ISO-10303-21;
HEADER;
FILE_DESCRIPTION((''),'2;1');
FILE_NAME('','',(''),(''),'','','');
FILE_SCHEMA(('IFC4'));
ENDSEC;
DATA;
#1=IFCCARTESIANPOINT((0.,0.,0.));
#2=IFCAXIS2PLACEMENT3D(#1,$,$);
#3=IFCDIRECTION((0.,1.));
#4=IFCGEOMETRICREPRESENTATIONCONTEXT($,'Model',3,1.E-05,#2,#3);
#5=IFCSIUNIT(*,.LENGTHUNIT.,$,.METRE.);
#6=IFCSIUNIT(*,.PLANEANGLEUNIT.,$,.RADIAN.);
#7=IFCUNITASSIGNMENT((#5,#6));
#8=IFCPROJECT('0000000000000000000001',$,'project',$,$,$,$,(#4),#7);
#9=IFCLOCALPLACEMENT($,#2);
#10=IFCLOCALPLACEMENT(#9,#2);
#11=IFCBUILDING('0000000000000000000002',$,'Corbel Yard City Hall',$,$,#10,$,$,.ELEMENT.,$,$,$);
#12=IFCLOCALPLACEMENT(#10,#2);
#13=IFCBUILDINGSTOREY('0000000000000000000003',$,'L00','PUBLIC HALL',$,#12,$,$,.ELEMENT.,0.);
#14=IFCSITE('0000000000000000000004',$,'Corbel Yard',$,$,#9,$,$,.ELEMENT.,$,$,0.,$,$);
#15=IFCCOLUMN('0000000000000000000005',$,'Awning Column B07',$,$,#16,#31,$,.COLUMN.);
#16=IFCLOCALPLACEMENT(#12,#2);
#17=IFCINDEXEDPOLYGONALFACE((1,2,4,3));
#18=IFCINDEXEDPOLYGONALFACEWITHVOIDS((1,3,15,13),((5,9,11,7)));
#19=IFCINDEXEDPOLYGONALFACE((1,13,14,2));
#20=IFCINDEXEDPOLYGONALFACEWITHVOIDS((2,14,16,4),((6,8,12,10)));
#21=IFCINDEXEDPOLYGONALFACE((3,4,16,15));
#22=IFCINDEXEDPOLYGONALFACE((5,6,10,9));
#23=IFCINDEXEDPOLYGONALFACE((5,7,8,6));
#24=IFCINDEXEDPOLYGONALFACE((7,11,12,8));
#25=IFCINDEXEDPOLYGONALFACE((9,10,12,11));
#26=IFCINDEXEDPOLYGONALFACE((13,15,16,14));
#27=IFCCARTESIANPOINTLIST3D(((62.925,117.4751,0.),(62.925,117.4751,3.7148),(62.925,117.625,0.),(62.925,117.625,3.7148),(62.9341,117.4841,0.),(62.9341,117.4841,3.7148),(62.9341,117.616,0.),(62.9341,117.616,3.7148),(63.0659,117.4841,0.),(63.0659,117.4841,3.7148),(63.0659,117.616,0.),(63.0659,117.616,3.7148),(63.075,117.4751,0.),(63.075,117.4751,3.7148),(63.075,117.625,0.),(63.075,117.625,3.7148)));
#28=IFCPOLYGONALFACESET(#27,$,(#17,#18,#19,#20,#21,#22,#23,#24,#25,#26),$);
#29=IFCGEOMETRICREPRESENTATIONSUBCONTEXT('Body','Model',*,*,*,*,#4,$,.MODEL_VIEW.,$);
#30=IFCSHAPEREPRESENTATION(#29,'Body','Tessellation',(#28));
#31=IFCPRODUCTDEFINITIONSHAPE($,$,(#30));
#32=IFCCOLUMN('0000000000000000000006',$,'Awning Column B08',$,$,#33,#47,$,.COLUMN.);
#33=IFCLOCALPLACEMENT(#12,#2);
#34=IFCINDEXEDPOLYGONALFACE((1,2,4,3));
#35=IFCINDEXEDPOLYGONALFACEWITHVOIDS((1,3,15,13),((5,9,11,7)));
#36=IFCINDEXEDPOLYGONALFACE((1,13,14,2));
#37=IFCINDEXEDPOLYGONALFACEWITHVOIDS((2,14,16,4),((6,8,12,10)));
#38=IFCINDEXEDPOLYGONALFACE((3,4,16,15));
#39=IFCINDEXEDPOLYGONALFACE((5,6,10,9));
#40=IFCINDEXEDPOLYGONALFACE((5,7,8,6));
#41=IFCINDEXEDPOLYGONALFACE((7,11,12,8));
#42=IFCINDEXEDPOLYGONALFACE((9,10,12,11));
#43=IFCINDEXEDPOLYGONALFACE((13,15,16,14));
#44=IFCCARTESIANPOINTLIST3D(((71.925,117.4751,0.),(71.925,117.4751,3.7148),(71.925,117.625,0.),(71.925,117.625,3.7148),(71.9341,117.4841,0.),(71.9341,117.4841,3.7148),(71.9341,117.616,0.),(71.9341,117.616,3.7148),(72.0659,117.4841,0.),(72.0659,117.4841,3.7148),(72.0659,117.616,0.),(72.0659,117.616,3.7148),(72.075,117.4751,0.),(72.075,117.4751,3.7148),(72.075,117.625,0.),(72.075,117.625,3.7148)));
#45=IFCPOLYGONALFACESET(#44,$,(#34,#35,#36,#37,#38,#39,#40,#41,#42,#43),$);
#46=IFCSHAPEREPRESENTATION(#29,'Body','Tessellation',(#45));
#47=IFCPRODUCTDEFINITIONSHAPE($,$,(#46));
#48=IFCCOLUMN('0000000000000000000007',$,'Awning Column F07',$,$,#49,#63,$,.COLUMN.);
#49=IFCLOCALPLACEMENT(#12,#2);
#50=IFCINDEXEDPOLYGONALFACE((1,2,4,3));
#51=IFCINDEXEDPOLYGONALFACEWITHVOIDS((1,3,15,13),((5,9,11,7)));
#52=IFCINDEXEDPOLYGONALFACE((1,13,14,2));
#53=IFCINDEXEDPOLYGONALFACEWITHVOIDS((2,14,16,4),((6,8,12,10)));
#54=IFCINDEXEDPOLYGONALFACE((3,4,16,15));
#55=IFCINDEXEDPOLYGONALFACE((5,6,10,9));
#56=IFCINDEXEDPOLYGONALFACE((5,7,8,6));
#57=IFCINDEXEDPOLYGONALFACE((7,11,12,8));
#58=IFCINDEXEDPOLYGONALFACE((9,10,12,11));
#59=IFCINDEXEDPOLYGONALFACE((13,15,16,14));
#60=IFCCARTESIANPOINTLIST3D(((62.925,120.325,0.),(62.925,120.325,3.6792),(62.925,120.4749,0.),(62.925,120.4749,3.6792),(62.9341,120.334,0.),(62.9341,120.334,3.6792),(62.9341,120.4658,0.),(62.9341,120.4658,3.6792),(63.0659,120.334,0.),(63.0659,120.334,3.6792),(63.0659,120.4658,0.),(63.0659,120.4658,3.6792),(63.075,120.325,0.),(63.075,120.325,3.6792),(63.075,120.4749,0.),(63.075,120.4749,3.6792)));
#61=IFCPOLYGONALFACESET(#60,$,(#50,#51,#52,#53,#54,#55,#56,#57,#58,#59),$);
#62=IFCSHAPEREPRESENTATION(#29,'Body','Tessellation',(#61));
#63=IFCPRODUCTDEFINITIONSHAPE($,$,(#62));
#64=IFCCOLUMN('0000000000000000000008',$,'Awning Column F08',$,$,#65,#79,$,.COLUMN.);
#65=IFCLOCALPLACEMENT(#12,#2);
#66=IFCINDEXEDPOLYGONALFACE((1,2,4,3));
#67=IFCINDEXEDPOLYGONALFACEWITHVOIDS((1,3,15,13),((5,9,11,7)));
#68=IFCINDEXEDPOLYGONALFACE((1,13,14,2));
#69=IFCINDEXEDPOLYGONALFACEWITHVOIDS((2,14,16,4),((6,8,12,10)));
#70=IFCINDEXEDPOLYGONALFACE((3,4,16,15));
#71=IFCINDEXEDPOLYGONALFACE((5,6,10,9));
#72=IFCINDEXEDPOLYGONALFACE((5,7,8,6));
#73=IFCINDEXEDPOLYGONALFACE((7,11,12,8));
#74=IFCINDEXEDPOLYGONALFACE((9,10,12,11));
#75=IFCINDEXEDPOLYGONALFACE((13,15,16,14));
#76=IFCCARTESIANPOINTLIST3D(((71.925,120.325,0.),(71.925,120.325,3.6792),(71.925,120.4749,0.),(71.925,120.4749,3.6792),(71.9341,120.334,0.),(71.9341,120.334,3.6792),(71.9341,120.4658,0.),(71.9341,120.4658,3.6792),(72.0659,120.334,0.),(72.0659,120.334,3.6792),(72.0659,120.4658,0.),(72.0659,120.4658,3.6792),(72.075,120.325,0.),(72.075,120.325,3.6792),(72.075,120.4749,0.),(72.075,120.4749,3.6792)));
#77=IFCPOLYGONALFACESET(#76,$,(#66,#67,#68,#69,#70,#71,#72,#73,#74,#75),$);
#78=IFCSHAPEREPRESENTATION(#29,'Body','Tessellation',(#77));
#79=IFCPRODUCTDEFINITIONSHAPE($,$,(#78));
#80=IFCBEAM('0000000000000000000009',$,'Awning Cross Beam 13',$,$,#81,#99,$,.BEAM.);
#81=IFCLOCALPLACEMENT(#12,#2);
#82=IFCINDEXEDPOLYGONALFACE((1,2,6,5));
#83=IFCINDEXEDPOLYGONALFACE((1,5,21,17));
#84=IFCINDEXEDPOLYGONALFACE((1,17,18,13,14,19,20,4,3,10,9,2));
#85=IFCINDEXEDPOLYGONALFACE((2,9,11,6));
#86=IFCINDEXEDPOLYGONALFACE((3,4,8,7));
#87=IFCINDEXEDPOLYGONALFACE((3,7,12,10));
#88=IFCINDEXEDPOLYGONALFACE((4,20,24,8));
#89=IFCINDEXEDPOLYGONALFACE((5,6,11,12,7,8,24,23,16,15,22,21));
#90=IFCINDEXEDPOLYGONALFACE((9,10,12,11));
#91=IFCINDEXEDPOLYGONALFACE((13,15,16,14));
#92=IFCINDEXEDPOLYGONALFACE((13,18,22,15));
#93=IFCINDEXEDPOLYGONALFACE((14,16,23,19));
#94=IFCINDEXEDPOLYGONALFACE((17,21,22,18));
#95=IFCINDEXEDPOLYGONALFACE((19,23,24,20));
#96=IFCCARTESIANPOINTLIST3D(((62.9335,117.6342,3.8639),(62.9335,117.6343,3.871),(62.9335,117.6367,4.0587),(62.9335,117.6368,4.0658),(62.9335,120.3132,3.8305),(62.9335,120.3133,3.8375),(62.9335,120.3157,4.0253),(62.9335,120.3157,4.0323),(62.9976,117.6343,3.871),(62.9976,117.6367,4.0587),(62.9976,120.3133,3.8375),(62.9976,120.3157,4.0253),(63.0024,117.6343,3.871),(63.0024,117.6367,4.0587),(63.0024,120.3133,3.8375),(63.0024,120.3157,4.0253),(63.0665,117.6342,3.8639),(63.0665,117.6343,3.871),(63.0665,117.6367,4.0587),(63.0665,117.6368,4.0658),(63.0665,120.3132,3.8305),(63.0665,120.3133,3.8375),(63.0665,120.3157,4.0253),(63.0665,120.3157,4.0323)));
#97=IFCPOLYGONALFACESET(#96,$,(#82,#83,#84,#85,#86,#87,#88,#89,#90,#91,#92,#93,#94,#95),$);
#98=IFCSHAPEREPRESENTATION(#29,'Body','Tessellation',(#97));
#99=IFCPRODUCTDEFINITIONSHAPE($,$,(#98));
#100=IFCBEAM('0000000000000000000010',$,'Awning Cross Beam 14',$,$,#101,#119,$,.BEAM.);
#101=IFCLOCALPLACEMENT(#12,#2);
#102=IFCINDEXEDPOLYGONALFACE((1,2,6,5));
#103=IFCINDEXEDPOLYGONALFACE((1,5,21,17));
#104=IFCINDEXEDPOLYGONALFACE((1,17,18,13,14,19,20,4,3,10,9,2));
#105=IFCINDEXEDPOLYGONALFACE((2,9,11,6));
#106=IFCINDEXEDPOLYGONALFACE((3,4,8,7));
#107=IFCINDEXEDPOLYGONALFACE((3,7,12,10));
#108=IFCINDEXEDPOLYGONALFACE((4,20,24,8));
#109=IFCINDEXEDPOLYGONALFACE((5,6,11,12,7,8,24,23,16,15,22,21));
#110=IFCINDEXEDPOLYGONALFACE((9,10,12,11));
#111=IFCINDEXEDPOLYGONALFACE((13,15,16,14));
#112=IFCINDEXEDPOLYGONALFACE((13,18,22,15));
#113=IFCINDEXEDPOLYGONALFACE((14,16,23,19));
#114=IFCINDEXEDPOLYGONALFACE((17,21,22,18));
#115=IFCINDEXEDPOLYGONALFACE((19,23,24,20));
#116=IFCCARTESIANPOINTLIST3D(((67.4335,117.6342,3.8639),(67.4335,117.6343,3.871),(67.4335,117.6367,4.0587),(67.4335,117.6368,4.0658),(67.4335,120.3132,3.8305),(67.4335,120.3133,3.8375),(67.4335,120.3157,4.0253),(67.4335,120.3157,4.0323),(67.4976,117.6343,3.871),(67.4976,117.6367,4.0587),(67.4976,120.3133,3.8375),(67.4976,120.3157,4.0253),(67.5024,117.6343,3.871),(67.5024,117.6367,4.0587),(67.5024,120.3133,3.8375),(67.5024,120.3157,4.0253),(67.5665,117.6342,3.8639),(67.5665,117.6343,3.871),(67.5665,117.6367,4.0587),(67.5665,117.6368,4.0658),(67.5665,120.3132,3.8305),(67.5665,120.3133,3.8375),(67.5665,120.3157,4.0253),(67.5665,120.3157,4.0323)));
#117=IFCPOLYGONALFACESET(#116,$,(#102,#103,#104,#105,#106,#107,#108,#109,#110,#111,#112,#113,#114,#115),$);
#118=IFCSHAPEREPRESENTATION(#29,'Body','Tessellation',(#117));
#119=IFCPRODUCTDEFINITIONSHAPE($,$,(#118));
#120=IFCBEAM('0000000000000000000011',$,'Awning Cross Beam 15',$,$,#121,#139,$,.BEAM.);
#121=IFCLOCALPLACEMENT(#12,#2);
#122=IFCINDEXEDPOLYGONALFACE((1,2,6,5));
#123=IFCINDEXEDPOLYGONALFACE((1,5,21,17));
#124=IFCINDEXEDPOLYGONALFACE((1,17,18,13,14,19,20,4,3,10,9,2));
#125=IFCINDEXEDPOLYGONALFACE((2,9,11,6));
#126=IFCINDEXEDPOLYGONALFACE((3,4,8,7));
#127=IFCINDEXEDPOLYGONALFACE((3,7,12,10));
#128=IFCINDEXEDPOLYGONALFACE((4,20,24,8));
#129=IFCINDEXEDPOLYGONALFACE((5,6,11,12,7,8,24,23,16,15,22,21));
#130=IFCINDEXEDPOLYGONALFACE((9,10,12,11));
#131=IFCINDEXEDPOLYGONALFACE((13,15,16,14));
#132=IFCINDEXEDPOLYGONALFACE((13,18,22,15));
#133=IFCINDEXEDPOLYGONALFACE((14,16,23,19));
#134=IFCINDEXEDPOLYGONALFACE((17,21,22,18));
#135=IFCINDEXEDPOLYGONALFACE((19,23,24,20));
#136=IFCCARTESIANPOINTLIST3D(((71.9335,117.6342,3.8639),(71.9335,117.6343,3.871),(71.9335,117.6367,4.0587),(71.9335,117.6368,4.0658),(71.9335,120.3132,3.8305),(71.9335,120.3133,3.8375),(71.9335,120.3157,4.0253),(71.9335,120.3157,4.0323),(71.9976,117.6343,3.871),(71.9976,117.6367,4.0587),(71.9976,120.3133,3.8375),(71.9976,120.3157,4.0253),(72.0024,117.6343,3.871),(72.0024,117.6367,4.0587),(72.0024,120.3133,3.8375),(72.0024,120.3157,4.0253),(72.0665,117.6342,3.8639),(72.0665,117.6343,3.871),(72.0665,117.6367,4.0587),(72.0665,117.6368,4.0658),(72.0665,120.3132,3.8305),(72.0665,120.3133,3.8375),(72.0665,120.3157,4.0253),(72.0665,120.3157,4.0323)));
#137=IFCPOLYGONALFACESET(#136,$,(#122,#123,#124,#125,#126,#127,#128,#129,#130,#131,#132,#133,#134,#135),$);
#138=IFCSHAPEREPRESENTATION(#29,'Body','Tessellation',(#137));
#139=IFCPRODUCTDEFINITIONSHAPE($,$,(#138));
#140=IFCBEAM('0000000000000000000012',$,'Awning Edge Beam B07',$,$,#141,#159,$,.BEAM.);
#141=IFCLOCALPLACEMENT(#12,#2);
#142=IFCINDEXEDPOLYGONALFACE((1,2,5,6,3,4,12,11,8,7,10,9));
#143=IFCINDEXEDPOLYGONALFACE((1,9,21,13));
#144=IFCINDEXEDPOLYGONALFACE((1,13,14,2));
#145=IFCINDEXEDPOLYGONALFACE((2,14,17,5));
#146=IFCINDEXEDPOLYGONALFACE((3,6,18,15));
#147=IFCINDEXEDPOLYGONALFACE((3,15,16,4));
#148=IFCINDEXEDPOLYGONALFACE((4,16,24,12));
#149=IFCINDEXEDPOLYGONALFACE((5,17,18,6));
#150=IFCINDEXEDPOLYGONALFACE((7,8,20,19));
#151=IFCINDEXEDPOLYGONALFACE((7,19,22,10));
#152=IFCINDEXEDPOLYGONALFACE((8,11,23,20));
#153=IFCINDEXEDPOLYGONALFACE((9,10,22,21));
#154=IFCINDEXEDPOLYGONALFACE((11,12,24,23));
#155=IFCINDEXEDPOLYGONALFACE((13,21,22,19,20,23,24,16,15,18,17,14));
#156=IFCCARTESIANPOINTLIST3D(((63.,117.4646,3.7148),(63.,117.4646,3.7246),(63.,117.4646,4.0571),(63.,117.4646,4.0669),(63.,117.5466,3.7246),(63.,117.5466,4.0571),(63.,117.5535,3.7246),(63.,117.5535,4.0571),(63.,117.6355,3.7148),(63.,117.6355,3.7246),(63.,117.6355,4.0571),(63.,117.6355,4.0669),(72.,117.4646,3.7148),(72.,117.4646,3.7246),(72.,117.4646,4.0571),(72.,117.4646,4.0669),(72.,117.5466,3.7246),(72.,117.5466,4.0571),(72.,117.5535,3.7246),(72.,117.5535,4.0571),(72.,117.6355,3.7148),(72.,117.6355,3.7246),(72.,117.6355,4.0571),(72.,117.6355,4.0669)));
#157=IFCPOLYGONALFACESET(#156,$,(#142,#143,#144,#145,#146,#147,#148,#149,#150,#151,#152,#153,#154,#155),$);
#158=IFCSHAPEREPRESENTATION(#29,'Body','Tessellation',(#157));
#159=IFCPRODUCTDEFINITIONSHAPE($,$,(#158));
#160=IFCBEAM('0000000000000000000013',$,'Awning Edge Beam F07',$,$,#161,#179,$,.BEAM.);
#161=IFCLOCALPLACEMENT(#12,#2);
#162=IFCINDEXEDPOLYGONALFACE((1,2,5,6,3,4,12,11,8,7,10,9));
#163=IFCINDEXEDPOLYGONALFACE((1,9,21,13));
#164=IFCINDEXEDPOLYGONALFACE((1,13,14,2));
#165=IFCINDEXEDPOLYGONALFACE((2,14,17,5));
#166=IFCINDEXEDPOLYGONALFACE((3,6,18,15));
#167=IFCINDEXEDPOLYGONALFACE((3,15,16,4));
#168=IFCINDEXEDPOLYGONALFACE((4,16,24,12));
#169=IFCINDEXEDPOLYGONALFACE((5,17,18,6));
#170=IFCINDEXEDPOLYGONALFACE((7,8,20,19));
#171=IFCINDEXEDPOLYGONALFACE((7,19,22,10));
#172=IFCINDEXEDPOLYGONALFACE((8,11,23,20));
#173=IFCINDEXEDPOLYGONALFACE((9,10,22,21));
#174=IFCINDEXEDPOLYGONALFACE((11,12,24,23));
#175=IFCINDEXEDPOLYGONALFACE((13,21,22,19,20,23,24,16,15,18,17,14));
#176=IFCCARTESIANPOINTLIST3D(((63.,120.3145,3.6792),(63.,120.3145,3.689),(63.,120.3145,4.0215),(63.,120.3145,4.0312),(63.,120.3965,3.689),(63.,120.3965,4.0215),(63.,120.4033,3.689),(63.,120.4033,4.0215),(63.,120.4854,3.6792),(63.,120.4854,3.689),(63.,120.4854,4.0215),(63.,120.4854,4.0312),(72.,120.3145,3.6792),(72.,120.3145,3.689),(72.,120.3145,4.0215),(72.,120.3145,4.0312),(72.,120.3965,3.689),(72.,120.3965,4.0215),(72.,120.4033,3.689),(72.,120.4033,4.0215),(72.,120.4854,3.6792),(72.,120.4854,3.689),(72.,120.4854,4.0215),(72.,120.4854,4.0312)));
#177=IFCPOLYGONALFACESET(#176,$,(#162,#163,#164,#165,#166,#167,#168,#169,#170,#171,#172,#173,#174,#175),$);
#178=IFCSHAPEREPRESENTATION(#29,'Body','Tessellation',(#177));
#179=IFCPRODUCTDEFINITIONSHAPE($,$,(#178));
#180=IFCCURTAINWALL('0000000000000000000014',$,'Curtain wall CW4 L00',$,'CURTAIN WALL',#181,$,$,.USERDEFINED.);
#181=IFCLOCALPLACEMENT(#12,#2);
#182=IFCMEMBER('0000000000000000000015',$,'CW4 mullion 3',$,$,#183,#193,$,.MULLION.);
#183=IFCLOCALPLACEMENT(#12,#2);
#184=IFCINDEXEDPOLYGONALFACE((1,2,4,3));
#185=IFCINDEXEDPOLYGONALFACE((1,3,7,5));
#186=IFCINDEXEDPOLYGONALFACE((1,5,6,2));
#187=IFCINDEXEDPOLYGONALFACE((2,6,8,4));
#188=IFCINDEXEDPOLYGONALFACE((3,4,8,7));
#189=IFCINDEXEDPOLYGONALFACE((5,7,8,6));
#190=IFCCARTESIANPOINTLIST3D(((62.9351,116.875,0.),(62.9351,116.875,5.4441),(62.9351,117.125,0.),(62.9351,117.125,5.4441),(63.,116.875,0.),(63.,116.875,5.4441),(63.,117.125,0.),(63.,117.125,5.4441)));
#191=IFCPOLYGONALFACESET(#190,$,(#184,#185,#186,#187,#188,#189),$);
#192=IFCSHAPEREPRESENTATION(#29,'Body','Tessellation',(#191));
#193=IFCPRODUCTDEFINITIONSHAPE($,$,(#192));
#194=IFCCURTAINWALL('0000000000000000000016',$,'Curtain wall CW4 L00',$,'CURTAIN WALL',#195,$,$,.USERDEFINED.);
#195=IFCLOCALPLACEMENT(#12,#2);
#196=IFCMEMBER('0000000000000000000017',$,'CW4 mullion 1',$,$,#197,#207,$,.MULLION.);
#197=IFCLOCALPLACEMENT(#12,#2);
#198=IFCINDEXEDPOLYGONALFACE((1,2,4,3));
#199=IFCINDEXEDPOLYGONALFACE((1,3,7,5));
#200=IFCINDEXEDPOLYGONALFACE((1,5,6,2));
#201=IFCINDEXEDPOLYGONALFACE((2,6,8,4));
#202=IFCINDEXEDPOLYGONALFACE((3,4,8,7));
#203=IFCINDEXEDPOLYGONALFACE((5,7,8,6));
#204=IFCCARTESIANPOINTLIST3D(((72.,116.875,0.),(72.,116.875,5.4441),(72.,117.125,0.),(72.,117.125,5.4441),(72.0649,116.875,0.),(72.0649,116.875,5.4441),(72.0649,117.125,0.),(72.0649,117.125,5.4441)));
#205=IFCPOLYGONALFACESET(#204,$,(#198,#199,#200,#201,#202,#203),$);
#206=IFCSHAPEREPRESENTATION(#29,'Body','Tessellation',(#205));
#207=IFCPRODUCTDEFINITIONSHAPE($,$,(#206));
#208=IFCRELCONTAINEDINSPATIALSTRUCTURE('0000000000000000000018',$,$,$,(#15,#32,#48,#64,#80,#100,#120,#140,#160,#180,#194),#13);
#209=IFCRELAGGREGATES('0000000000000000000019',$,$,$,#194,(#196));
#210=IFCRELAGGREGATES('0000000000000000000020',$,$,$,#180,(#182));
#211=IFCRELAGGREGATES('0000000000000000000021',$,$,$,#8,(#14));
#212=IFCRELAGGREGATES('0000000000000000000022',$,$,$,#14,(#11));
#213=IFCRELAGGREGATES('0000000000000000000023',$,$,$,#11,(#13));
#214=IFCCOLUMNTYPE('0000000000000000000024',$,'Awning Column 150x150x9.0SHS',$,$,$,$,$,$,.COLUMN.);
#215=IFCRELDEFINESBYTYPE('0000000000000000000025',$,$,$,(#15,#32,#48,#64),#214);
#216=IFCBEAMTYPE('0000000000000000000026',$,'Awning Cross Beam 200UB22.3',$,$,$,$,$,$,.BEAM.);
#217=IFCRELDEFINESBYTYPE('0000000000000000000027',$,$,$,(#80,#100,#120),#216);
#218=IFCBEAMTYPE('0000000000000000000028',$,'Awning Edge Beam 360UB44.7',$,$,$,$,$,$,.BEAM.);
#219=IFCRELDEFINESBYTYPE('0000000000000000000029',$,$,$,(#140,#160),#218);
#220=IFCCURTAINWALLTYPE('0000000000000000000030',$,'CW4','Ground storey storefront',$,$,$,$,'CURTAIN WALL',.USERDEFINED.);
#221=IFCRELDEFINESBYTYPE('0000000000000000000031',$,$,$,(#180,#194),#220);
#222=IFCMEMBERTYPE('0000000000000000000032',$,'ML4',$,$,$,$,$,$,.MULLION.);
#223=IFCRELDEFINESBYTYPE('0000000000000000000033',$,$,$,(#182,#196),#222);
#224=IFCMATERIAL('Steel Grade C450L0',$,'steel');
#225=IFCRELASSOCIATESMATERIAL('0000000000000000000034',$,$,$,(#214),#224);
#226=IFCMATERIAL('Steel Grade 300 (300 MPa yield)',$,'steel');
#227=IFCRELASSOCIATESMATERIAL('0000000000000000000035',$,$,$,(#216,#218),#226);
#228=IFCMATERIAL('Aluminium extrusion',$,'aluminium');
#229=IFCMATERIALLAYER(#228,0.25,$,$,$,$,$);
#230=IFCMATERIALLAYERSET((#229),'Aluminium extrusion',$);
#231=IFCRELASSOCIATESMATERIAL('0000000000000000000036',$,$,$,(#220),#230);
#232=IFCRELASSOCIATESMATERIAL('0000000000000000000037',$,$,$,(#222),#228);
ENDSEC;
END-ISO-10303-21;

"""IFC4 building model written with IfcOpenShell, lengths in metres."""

from ifc_helpers import new_model, si_unit, direction, frame, origin, origin_2d, place, context, subcontext, project, spatial, rectangle, hollow_rectangle, i_section, extrude, material, layer, layer_set, material_profile, profile_set, type_object, element, aggregate, save


model = new_model("IFC4")

# Units and contexts
model_context = context("Model", 3, precision=1e-05, world=origin(), true_north=direction((0.0, 1.0)))
body_context = subcontext(model_context, "Body", "Model", "MODEL_VIEW")
ifc_project = project(units=[si_unit("LENGTHUNIT", "METRE"), si_unit("PLANEANGLEUNIT", "RADIAN")], contexts=[model_context])

# Site, building, storey
site_placement = place(None, origin())
site = spatial("IfcSite", under=ifc_project, at=site_placement, Name="Corbel Yard", CompositionType="ELEMENT", RefElevation=0.0)
building_placement = place(site_placement, origin())
building = spatial("IfcBuilding", under=site, at=building_placement, Name="Corbel Yard City Hall", CompositionType="ELEMENT")
storey_placement = place(building_placement, origin())
storey = spatial("IfcBuildingStorey", under=building, at=storey_placement, Name="L00", Description="PUBLIC HALL", CompositionType="ELEMENT", Elevation=0.0)

# Columns
ifc_material_1 = material(Name="Steel Grade C450L0", Category="steel")
ifc_material_profile_1 = material_profile(ifc_material_1, hollow_rectangle(XDim=0.1499, YDim=0.1499, WallThickness=0.009, at=origin_2d()), Name="150x150x9.0SHS")
ifc_profile_set_1 = profile_set([ifc_material_profile_1], Name="Steel Grade C450L0")
column_type = type_object("IfcColumnType", Name="Awning Column 150x150x9.0SHS", PredefinedType="COLUMN", material=ifc_profile_set_1)
for number, where, z_axis, x_axis, name in (
    (1, (63.0, 117.55, 0.0), (0.0, 0.0, 1.0), (1.0, 0.0, 0.0), "Awning Column B07"),
    (2, (72.0, 117.55, 0.0), (0.0, 0.0, 1.0), (1.0, 0.0, 0.0), "Awning Column B08"),
):
    element("IfcColumn", number, at=place(storey_placement, frame(where, z_axis=z_axis, x_axis=x_axis)), inside=storey, type_object=column_type, Name=name, PredefinedType="COLUMN", context=body_context, shape_type="SweptSolid", body=[
        extrude(hollow_rectangle(XDim=0.1499, YDim=0.1499, WallThickness=0.009, at=origin_2d()), origin(), (0.0, 0.0, 1.0), 3.7148),
    ])
for number, where, z_axis, x_axis, name in (
    (3, (63.0, 120.3999, 0.0), (0.0, 0.0, 1.0), (1.0, 0.0, 0.0), "Awning Column F07"),
    (4, (72.0, 120.3999, 0.0), (0.0, 0.0, 1.0), (1.0, 0.0, 0.0), "Awning Column F08"),
):
    element("IfcColumn", number, at=place(storey_placement, frame(where, z_axis=z_axis, x_axis=x_axis)), inside=storey, type_object=column_type, Name=name, PredefinedType="COLUMN", context=body_context, shape_type="SweptSolid", body=[
        extrude(hollow_rectangle(XDim=0.1499, YDim=0.1499, WallThickness=0.009, at=origin_2d()), origin(), (0.0, 0.0, 1.0), 3.6792),
    ])

# Beams
ifc_material_2 = material(Name="Steel Grade 300 (300 MPa yield)", Category="steel")
ifc_material_profile_2 = material_profile(ifc_material_2, i_section(OverallWidth=0.1331, OverallDepth=0.2019, WebThickness=0.0049, FlangeThickness=0.0071, at=origin_2d()), Name="200UB22.3")
ifc_profile_set_2 = profile_set([ifc_material_profile_2], Name="Steel Grade 300 (300 MPa yield)")
beam_type_1 = type_object("IfcBeamType", Name="Awning Cross Beam 200UB22.3", PredefinedType="BEAM", material=ifc_profile_set_2)
for number, where, z_axis, x_axis, name in (
    (5, (63.0, 117.6355, 3.9648), (0.0, 0.999922, -0.012484), (-1.0, 0.0, 0.0), "Awning Cross Beam 13"),
    (6, (67.5, 117.6355, 3.9648), (0.0, 0.999922, -0.012484), (-1.0, 0.0, 0.0), "Awning Cross Beam 14"),
    (7, (72.0, 117.6355, 3.9648), (0.0, 0.999922, -0.012484), (-1.0, 0.0, 0.0), "Awning Cross Beam 15"),
):
    element("IfcBeam", number, at=place(storey_placement, frame(where, z_axis=z_axis, x_axis=x_axis)), inside=storey, type_object=beam_type_1, Name=name, PredefinedType="BEAM", context=body_context, shape_type="SweptSolid", body=[
        extrude(i_section(OverallWidth=0.1331, OverallDepth=0.2019, WebThickness=0.0049, FlangeThickness=0.0071, at=origin_2d()), origin(), (0.0, 0.0, 1.0), 2.6792),
    ])
ifc_material_profile_3 = material_profile(ifc_material_2, i_section(OverallWidth=0.1709, OverallDepth=0.3521, WebThickness=0.0068, FlangeThickness=0.0098, at=origin_2d()), Name="360UB44.7")
ifc_profile_set_3 = profile_set([ifc_material_profile_3], Name="Steel Grade 300 (300 MPa yield)")
beam_type_2 = type_object("IfcBeamType", Name="Awning Edge Beam 360UB44.7", PredefinedType="BEAM", material=ifc_profile_set_3)
for number, where, z_axis, x_axis, name in (
    (8, (63.0, 117.55, 3.8909), (1.0, 0.0, 0.0), (0.0, 1.0, 0.0), "Awning Edge Beam B07"),
    (9, (63.0, 120.3999, 3.8552), (1.0, 0.0, 0.0), (0.0, 1.0, 0.0), "Awning Edge Beam F07"),
):
    element("IfcBeam", number, at=place(storey_placement, frame(where, z_axis=z_axis, x_axis=x_axis)), inside=storey, type_object=beam_type_2, Name=name, PredefinedType="BEAM", context=body_context, shape_type="SweptSolid", body=[
        extrude(i_section(OverallWidth=0.1709, OverallDepth=0.3521, WebThickness=0.0068, FlangeThickness=0.0098, at=origin_2d()), origin(), (0.0, 0.0, 1.0), 9.0),
    ])

# Curtain walls, members
ifc_material_3 = material(Name="Aluminium extrusion", Category="aluminium")
ifc_layer_1 = layer(ifc_material_3, 0.25)
ifc_layer_set_1 = layer_set([ifc_layer_1], Name="Aluminium extrusion")
curtain_wall_type = type_object("IfcCurtainWallType", Name="CW4", Description="Ground storey storefront", ElementType="CURTAIN WALL", PredefinedType="USERDEFINED", material=ifc_layer_set_1)
curtain_wall_1_placement = place(storey_placement, origin())
curtain_wall_1 = element("IfcCurtainWall", 10, at=curtain_wall_1_placement, inside=storey, type_object=curtain_wall_type, Name="Curtain wall CW4 L00", ObjectType="CURTAIN WALL", PredefinedType="USERDEFINED")
ifc_material_profile_4 = material_profile(ifc_material_3, rectangle(XDim=0.25, YDim=0.0649, at=origin_2d()), Name="250x65")
ifc_profile_set_4 = profile_set([ifc_material_profile_4], Name="Aluminium extrusion")
member_type_1 = type_object("IfcMemberType", Name="ML4", PredefinedType="MULLION", material=ifc_profile_set_4)
member_1_placement = place(storey_placement, frame((62.9675, 117.0, 0.0), z_axis=(0.0, 0.0, 1.0), x_axis=(0.0, 1.0, 0.0)))
member_1 = element("IfcMember", 11, at=member_1_placement, type_object=member_type_1, Name="CW4 mullion 3", PredefinedType="MULLION", context=body_context, shape_type="SweptSolid", body=[
    extrude(rectangle(XDim=0.25, YDim=0.0649, at=origin_2d()), origin(), (0.0, 0.0, 1.0), 5.4441),
])
curtain_wall_2_placement = place(storey_placement, origin())
curtain_wall_2 = element("IfcCurtainWall", 12, at=curtain_wall_2_placement, inside=storey, type_object=curtain_wall_type, Name="Curtain wall CW4 L00", ObjectType="CURTAIN WALL", PredefinedType="USERDEFINED")
member_2_placement = place(storey_placement, frame((72.0325, 117.0, 0.0), z_axis=(0.0, 0.0, 1.0), x_axis=(0.0, 1.0, 0.0)))
member_2 = element("IfcMember", 13, at=member_2_placement, type_object=member_type_1, Name="CW4 mullion 1", PredefinedType="MULLION", context=body_context, shape_type="SweptSolid", body=[
    extrude(rectangle(XDim=0.25, YDim=0.0649, at=origin_2d()), origin(), (0.0, 0.0, 1.0), 5.4441),
])

aggregate(curtain_wall_2, [member_2])

aggregate(curtain_wall_1, [member_1])

save(model, "model.ifc")
